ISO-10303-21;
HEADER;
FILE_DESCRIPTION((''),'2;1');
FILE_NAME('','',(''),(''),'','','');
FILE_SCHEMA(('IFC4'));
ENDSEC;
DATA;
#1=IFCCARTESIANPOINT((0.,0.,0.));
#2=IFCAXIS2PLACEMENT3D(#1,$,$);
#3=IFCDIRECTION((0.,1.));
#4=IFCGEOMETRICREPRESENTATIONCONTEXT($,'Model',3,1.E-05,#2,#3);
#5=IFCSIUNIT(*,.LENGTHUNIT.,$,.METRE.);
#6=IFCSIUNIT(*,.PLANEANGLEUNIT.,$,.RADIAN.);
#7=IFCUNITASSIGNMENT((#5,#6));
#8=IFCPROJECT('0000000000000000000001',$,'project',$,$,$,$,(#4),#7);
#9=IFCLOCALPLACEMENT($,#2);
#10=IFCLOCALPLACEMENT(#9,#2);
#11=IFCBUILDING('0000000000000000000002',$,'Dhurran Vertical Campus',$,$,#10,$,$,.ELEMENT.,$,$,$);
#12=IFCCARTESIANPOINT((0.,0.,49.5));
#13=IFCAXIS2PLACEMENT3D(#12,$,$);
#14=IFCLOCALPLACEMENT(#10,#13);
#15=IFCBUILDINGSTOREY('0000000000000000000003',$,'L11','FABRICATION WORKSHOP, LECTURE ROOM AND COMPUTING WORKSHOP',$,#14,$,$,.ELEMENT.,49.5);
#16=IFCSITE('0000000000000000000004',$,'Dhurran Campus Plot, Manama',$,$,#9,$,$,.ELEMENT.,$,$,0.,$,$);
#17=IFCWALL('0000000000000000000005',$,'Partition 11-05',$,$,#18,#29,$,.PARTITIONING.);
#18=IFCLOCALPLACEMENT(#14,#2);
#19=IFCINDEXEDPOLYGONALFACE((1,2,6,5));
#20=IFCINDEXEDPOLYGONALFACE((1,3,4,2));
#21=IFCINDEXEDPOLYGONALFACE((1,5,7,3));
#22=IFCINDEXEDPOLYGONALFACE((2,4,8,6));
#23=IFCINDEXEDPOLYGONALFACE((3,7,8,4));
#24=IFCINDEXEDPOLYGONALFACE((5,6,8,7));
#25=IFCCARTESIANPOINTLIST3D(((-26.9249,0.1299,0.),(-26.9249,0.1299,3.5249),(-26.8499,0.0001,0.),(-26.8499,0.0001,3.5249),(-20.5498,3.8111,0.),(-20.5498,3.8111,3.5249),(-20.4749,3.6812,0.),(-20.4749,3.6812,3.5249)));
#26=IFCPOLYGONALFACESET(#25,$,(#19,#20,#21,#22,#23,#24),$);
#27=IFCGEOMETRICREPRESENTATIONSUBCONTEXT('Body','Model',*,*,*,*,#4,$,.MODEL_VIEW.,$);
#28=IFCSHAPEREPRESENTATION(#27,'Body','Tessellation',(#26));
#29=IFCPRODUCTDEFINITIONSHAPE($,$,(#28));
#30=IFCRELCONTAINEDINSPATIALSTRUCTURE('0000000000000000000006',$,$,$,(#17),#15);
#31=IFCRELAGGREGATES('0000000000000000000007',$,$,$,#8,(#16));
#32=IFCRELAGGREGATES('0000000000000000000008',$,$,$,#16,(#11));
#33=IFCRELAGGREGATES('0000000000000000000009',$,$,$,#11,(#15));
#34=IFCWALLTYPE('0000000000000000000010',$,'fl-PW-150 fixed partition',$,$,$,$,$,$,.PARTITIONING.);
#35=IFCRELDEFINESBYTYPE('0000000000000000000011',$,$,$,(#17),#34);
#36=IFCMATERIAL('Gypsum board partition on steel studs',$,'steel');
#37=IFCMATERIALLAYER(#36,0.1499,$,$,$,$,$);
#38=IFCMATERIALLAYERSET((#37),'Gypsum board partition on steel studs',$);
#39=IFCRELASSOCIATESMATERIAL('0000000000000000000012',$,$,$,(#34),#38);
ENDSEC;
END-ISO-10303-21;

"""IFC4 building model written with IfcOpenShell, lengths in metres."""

from ifc_helpers import new_model, si_unit, direction, frame, frame_2d, origin, place, context, subcontext, project, spatial, rectangle, extrude, material, layer, layer_set, type_object, element, save


model = new_model("IFC4")

# Units and contexts
model_context = context("Model", 3, precision=1e-05, world=origin(), true_north=direction((0.0, 1.0)))
body_context = subcontext(model_context, "Body", "Model", "MODEL_VIEW")
ifc_project = project(units=[si_unit("LENGTHUNIT", "METRE"), si_unit("PLANEANGLEUNIT", "RADIAN")], contexts=[model_context])

# Site, building, storey
site_placement = place(None, origin())
site = spatial("IfcSite", under=ifc_project, at=site_placement, Name="Dhurran Campus Plot, Manama", CompositionType="ELEMENT", RefElevation=0.0)
building_placement = place(site_placement, origin())
building = spatial("IfcBuilding", under=site, at=building_placement, Name="Dhurran Vertical Campus", CompositionType="ELEMENT")
storey_placement = place(building_placement, frame((0.0, 0.0, 49.5)))
storey = spatial("IfcBuildingStorey", under=building, at=storey_placement, Name="L11", Description="FABRICATION WORKSHOP, LECTURE ROOM AND COMPUTING WORKSHOP", CompositionType="ELEMENT", Elevation=49.5)

# Wall
ifc_material_1 = material(Name="Gypsum board partition on steel studs", Category="steel")
ifc_layer_1 = layer(ifc_material_1, 0.1499)
ifc_layer_set_1 = layer_set([ifc_layer_1], Name="Gypsum board partition on steel studs")
wall_type_1 = type_object("IfcWallType", Name="fl-PW-150 fixed partition", PredefinedType="PARTITIONING", material=ifc_layer_set_1)
wall_1_placement = place(storey_placement, frame((-20.5125, 3.7461, 0.0), z_axis=(0.0, 0.0, 1.0), x_axis=(-0.865993, -0.500055, 0.0)))
element("IfcWall", 1, at=wall_1_placement, inside=storey, type_object=wall_type_1, Name="Partition 11-05", PredefinedType="PARTITIONING", context=body_context, shape_type="SweptSolid", body=[
    extrude(rectangle(XDim=7.3616, YDim=0.1499, at=frame_2d((3.6807, 0.0))), origin(), (0.0, 0.0, 1.0), 3.5249),
])

save(model, "model.ifc")
